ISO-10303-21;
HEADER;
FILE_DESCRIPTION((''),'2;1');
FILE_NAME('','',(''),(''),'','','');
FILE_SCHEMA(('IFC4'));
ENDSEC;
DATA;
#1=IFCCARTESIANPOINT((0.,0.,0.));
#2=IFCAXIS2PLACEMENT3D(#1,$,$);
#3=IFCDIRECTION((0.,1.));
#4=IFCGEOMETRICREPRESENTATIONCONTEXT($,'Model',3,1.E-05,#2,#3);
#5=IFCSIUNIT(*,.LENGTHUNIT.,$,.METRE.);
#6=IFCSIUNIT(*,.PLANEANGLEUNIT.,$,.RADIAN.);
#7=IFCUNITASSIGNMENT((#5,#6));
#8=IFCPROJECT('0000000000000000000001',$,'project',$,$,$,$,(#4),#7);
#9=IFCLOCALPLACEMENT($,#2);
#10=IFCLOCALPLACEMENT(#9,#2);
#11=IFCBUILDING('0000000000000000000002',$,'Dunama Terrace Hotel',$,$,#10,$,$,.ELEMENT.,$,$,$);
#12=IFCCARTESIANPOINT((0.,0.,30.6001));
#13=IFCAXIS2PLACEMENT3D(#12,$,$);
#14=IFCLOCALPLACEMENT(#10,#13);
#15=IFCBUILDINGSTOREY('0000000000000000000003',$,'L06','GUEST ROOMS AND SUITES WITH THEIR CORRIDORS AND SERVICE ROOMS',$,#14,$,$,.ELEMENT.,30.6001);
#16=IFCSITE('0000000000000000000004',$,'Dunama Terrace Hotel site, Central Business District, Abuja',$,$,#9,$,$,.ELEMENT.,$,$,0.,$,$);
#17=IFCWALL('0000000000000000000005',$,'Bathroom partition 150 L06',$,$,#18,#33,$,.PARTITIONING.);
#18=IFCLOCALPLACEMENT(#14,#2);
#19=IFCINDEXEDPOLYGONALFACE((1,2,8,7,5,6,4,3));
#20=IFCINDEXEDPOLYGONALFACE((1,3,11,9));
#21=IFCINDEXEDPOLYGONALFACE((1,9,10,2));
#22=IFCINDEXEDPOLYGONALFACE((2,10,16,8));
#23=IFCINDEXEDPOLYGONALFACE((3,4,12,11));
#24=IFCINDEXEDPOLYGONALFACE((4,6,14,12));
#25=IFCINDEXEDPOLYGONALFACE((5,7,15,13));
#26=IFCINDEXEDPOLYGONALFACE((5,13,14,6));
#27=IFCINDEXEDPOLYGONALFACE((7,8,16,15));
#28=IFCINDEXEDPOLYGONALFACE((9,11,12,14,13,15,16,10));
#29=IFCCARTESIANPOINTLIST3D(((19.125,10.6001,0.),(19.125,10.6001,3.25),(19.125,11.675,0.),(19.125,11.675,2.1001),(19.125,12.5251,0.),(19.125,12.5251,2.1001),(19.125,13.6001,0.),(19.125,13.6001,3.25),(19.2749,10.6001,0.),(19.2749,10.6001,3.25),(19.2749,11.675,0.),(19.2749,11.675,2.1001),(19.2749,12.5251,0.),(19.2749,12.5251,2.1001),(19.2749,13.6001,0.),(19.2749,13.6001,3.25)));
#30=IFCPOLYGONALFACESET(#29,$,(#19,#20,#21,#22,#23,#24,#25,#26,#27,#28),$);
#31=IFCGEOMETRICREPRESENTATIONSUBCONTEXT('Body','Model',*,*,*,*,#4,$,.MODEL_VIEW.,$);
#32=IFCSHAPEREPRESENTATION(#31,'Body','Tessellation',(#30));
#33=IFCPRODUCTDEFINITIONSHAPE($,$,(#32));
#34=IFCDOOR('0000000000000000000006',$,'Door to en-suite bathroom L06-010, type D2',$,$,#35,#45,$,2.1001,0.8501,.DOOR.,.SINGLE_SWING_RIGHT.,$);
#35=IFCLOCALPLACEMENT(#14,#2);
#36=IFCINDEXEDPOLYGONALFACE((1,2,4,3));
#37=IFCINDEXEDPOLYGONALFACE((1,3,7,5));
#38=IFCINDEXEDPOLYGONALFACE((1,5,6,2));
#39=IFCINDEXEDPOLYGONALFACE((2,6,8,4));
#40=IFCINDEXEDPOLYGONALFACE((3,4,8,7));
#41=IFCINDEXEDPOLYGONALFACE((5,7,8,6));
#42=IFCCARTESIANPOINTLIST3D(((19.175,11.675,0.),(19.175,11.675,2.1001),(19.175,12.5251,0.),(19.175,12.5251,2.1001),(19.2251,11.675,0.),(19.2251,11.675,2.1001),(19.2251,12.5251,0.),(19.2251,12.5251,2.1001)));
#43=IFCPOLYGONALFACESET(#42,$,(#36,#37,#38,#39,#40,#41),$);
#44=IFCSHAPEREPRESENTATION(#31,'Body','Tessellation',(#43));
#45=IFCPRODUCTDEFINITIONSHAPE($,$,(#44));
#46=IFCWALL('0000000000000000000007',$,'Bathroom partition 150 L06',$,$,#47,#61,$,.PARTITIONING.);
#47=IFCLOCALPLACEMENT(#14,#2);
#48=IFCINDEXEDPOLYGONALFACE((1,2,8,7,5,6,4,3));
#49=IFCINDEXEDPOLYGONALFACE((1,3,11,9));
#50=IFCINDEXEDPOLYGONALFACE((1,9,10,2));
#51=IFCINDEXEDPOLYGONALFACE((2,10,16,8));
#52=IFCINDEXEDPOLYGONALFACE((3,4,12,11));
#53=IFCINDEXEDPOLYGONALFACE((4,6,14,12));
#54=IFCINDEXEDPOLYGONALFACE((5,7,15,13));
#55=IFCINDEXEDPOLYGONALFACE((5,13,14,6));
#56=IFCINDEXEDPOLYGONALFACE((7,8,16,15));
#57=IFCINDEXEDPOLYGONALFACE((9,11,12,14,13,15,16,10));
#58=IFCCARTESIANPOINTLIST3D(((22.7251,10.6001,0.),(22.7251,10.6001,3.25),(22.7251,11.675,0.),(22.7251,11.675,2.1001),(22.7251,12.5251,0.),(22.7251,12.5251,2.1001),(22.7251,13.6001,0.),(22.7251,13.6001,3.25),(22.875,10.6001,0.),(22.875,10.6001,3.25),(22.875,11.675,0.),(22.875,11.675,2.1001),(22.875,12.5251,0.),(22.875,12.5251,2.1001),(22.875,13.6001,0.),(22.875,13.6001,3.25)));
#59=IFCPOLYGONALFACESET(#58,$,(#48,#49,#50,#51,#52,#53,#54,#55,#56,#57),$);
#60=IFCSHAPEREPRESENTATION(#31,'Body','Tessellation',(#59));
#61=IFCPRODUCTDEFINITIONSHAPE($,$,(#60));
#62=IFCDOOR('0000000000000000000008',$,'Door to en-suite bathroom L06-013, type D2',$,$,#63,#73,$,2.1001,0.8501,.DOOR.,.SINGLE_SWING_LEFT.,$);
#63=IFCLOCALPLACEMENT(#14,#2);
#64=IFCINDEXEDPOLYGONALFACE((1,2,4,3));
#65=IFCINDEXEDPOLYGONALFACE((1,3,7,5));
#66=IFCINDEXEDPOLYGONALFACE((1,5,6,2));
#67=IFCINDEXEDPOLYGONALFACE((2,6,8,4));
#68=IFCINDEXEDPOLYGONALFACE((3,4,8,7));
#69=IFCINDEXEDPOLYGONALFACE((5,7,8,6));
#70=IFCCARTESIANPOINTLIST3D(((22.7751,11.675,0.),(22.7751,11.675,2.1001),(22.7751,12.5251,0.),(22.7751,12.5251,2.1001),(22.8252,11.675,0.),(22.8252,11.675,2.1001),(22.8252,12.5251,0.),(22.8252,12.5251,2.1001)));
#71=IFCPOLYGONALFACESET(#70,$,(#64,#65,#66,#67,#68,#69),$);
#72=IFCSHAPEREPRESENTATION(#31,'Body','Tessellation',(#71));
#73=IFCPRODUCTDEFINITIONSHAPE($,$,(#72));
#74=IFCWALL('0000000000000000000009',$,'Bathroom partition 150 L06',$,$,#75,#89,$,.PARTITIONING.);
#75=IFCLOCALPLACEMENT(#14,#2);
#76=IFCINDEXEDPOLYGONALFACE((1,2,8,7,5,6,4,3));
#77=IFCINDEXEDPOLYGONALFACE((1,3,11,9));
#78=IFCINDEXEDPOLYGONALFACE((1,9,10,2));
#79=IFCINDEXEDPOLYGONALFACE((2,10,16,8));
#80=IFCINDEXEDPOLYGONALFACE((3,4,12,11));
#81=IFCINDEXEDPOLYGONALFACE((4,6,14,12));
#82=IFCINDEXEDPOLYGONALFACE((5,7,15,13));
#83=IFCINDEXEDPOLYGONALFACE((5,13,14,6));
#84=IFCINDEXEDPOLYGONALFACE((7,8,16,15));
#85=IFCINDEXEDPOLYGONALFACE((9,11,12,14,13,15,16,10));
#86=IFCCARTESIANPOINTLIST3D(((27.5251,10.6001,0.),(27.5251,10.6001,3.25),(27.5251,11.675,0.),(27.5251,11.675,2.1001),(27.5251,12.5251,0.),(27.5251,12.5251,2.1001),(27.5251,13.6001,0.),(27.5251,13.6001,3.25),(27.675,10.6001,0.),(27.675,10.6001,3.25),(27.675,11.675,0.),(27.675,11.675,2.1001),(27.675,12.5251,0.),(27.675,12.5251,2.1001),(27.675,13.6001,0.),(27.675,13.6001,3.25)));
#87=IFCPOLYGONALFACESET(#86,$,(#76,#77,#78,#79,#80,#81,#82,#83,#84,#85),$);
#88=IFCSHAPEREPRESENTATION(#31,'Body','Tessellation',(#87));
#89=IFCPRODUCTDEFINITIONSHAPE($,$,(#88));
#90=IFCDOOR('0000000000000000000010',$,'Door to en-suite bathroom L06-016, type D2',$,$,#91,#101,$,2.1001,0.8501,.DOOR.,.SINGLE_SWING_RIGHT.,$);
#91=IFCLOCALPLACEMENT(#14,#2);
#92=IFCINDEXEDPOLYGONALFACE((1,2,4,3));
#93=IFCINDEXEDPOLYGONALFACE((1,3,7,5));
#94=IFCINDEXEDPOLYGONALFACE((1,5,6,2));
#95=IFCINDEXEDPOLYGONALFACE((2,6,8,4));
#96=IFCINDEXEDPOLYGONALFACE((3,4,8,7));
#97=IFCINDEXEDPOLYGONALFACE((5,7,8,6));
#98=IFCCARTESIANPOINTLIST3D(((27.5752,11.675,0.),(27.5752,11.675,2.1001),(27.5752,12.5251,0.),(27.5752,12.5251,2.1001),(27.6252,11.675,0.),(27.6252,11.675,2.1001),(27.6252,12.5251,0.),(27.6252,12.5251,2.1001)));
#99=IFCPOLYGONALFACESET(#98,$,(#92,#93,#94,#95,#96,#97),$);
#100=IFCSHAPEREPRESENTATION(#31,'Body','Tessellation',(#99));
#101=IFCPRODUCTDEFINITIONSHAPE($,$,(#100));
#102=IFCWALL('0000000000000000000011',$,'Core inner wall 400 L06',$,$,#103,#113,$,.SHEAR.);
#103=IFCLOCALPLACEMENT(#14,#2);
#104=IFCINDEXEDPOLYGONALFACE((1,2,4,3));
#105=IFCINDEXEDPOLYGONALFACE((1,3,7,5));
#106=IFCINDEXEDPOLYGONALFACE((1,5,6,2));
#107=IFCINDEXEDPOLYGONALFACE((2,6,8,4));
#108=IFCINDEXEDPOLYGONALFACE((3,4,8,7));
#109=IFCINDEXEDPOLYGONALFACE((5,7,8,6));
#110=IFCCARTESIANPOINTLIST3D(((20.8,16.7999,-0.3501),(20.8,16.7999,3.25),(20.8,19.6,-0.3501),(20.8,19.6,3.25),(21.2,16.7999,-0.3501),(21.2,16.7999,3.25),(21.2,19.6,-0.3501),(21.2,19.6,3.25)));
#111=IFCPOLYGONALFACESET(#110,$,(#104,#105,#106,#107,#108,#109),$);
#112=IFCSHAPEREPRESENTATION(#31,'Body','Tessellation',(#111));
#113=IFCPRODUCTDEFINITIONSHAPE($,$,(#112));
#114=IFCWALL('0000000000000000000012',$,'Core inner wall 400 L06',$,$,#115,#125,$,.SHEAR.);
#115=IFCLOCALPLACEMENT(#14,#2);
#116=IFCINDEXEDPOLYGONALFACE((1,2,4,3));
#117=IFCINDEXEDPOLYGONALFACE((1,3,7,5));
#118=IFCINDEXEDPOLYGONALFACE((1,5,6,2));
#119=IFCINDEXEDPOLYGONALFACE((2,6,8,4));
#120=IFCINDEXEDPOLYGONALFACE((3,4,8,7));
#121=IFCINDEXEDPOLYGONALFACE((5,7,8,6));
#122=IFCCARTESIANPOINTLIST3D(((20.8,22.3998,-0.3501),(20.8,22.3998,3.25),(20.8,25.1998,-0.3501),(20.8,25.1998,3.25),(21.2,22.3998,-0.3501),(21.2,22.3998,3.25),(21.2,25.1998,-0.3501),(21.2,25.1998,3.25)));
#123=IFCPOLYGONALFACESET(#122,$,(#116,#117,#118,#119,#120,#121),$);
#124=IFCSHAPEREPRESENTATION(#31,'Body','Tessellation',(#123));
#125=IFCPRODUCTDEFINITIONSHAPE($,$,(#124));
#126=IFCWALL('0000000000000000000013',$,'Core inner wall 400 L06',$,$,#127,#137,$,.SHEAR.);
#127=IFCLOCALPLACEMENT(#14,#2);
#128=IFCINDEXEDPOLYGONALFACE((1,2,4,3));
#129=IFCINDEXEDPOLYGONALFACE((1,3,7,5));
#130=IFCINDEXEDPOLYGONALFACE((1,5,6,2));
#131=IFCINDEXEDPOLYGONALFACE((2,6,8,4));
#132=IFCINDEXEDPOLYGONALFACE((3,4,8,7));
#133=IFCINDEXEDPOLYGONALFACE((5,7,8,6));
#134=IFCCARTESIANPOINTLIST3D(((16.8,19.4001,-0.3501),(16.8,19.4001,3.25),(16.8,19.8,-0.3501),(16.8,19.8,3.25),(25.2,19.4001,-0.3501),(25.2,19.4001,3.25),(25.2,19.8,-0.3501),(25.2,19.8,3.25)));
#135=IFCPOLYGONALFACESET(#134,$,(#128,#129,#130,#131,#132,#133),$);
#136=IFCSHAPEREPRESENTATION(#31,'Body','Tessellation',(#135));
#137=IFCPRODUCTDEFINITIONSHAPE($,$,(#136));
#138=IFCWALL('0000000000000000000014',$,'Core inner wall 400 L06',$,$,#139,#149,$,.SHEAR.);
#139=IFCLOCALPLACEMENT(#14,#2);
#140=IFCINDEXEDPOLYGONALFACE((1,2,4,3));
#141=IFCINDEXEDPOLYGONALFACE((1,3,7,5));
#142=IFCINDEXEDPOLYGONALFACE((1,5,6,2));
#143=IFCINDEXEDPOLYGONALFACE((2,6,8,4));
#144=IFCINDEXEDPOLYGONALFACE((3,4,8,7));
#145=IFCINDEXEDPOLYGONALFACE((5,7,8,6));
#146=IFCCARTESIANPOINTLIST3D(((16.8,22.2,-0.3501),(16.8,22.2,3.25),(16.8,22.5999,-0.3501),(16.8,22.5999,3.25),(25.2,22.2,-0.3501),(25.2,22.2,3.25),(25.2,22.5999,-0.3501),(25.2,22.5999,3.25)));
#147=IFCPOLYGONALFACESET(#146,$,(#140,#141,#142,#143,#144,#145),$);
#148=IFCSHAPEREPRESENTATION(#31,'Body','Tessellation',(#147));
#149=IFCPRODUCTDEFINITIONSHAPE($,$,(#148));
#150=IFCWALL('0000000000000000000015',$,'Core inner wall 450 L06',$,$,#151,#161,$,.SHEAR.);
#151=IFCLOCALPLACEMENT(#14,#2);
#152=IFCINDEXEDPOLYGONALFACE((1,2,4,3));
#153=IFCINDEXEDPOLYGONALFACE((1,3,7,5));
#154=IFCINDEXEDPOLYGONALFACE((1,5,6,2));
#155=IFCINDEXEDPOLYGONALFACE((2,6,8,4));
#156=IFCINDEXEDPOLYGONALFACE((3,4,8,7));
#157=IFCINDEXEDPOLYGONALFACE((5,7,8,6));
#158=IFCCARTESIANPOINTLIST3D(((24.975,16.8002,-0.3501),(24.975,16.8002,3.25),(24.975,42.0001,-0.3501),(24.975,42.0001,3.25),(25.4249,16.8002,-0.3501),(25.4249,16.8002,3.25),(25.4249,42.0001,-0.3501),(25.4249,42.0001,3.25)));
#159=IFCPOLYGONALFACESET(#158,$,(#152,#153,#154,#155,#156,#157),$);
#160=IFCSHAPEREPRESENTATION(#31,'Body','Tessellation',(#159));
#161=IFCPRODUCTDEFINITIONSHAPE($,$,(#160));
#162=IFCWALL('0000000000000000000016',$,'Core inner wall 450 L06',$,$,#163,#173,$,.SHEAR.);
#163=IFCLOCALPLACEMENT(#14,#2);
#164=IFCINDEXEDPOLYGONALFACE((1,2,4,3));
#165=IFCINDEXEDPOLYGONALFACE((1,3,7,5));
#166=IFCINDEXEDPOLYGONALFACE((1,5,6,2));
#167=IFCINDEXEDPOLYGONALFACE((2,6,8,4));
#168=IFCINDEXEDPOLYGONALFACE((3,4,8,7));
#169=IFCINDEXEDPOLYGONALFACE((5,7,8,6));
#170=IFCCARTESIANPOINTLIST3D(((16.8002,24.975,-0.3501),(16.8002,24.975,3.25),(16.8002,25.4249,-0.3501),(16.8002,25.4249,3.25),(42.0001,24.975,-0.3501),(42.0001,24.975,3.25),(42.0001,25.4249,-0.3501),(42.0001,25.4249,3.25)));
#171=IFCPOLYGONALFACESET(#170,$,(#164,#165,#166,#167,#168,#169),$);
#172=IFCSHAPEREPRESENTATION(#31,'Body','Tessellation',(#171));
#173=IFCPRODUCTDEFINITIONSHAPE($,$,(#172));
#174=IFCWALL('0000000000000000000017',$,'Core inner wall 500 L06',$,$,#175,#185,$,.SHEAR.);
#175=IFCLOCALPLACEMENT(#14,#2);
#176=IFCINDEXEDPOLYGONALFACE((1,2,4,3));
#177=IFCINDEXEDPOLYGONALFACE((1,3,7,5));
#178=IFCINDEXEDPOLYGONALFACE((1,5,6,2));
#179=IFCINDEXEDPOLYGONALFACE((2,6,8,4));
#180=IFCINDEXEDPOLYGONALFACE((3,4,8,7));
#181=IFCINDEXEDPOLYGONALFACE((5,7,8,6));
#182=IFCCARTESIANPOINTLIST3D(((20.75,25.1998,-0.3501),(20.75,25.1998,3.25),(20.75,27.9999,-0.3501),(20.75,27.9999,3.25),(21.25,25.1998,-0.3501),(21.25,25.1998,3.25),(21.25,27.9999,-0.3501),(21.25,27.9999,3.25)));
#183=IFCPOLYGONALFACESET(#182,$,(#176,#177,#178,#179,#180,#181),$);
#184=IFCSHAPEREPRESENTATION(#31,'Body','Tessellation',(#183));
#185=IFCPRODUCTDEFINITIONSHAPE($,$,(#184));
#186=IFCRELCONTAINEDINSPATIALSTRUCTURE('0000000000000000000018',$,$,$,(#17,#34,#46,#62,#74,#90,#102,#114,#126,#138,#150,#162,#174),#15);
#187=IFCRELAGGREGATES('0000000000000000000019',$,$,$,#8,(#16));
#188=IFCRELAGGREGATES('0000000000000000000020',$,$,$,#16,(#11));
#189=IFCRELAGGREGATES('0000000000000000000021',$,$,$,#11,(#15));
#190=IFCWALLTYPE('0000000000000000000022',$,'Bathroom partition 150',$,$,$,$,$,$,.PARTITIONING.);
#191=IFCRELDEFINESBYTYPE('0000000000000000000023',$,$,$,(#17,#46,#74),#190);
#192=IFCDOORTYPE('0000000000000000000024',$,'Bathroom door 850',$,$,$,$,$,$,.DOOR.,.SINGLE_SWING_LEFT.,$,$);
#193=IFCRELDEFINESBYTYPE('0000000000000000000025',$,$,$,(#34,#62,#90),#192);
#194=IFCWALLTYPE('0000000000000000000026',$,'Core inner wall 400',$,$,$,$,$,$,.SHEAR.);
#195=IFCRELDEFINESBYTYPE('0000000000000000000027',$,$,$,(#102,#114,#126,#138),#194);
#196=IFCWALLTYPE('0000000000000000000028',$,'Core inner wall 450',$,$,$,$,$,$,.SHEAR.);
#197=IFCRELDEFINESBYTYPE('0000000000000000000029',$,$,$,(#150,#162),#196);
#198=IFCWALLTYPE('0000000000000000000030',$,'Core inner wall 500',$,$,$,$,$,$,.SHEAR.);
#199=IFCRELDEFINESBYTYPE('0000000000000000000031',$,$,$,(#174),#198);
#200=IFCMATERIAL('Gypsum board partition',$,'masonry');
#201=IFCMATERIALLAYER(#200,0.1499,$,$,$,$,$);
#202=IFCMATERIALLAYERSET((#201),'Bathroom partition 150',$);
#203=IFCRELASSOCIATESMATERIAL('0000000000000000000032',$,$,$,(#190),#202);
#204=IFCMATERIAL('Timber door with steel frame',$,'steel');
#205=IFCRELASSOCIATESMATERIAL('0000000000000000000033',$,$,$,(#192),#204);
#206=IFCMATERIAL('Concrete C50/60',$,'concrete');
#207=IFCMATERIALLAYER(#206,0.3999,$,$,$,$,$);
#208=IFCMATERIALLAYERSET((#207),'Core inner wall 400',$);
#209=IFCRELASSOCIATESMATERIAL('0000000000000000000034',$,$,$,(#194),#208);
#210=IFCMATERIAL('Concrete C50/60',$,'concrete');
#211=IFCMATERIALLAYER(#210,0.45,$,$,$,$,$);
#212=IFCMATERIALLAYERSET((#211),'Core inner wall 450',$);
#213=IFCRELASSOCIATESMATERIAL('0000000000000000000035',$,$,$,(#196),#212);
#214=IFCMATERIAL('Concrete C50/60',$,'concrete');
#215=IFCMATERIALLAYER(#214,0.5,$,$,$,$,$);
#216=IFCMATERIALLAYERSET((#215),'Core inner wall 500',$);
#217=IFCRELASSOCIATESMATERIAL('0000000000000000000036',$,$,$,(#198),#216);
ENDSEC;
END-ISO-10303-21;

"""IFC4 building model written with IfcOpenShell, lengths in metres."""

from ifc_helpers import new_model, si_unit, direction, frame, frame_2d, origin, place, context, subcontext, project, spatial, rectangle, extrude, material, layer, layer_set, type_object, element, fill, save


model = new_model("IFC4")

# Units and contexts
model_context = context("Model", 3, precision=1e-05, world=origin(), true_north=direction((0.0, 1.0)))
body_context = subcontext(model_context, "Body", "Model", "MODEL_VIEW")
ifc_project = project(units=[si_unit("LENGTHUNIT", "METRE"), si_unit("PLANEANGLEUNIT", "RADIAN")], contexts=[model_context])

# Site, building, storey
site_placement = place(None, origin())
site = spatial("IfcSite", under=ifc_project, at=site_placement, Name="Dunama Terrace Hotel site, Central Business District, Abuja", CompositionType="ELEMENT", RefElevation=0.0)
building_placement = place(site_placement, origin())
building = spatial("IfcBuilding", under=site, at=building_placement, Name="Dunama Terrace Hotel", CompositionType="ELEMENT")
storey_placement = place(building_placement, frame((0.0, 0.0, 30.6001)))
storey = spatial("IfcBuildingStorey", under=building, at=storey_placement, Name="L06", Description="GUEST ROOMS AND SUITES WITH THEIR CORRIDORS AND SERVICE ROOMS", CompositionType="ELEMENT", Elevation=30.6001)

# Walls, openings, doors
ifc_material_1 = material(Name="Gypsum board partition", Category="masonry")
ifc_layer_1 = layer(ifc_material_1, 0.1499)
ifc_layer_set_1 = layer_set([ifc_layer_1], Name="Bathroom partition 150")
wall_type_1 = type_object("IfcWallType", Name="Bathroom partition 150", PredefinedType="PARTITIONING", material=ifc_layer_set_1)
wall_1_placement = place(storey_placement, frame((19.2, 10.6001, 0.0), z_axis=(0.0, 0.0, 1.0), x_axis=(0.0, 1.0, 0.0)))
wall_1 = element("IfcWall", 1, at=wall_1_placement, inside=storey, type_object=wall_type_1, Name="Bathroom partition 150 L06", PredefinedType="PARTITIONING", context=body_context, shape_type="SweptSolid", body=[
    extrude(rectangle(XDim=3.0, YDim=0.1499, at=frame_2d((1.5, 0.0))), origin(), (0.0, 0.0, 1.0), 3.25),
])
opening_1_placement = place(wall_1_placement, frame((1.075, 0.0, 0.0)))
opening_1 = element("IfcOpeningElement", 2, at=opening_1_placement, cuts=wall_1, PredefinedType="OPENING", context=body_context, shape_type="SweptSolid", body=[
    extrude(rectangle(XDim=0.8501, YDim=2.1001, at=frame_2d((0.425, 1.05))), frame((0.0, 0.085, 0.0), z_axis=(0.0, -1.0, 0.0), x_axis=(1.0, 0.0, 0.0)), (0.0, 0.0, 1.0), 0.1699),
])
ifc_material_2 = material(Name="Timber door with steel frame", Category="steel")
door_type_1 = type_object("IfcDoorType", Name="Bathroom door 850", OperationType="SINGLE_SWING_LEFT", PredefinedType="DOOR", material=ifc_material_2)
door_1_placement = place(opening_1_placement, origin())
door_1 = element("IfcDoor", 3, at=door_1_placement, inside=storey, type_object=door_type_1, Name="Door to en-suite bathroom L06-010, type D2", OperationType="SINGLE_SWING_RIGHT", OverallHeight=2.1001, OverallWidth=0.8501, PredefinedType="DOOR", context=body_context, shape_type="SweptSolid", body=[
    extrude(rectangle(XDim=0.8501, YDim=2.1001, at=frame_2d((0.425, 1.05))), frame((0.0, 0.0249, 0.0), z_axis=(0.0, -1.0, 0.0), x_axis=(1.0, 0.0, 0.0)), (0.0, 0.0, 1.0), 0.05),
])
fill(opening_1, door_1)
wall_2_placement = place(storey_placement, frame((22.8, 10.6001, 0.0), z_axis=(0.0, 0.0, 1.0), x_axis=(0.0, 1.0, 0.0)))
wall_2 = element("IfcWall", 4, at=wall_2_placement, inside=storey, type_object=wall_type_1, Name="Bathroom partition 150 L06", PredefinedType="PARTITIONING", context=body_context, shape_type="SweptSolid", body=[
    extrude(rectangle(XDim=3.0, YDim=0.1499, at=frame_2d((1.5, 0.0))), origin(), (0.0, 0.0, 1.0), 3.25),
])
opening_2_placement = place(wall_2_placement, frame((1.075, 0.0, 0.0)))
opening_2 = element("IfcOpeningElement", 5, at=opening_2_placement, cuts=wall_2, PredefinedType="OPENING", context=body_context, shape_type="SweptSolid", body=[
    extrude(rectangle(XDim=0.8501, YDim=2.1001, at=frame_2d((0.425, 1.05))), frame((0.0, 0.085, 0.0), z_axis=(0.0, -1.0, 0.0), x_axis=(1.0, 0.0, 0.0)), (0.0, 0.0, 1.0), 0.1699),
])
door_2_placement = place(opening_2_placement, frame((0.8501, 0.0, 0.0), z_axis=(0.0, 0.0, 1.0), x_axis=(-1.0, 0.0, 0.0)))
door_2 = element("IfcDoor", 6, at=door_2_placement, inside=storey, type_object=door_type_1, Name="Door to en-suite bathroom L06-013, type D2", OperationType="SINGLE_SWING_LEFT", OverallHeight=2.1001, OverallWidth=0.8501, PredefinedType="DOOR", context=body_context, shape_type="SweptSolid", body=[
    extrude(rectangle(XDim=0.8501, YDim=2.1001, at=frame_2d((0.425, 1.05))), frame((0.0, 0.0251, 0.0), z_axis=(0.0, -1.0, 0.0), x_axis=(1.0, 0.0, 0.0)), (0.0, 0.0, 1.0), 0.05),
])
fill(opening_2, door_2)
wall_3_placement = place(storey_placement, frame((27.6001, 10.6001, 0.0), z_axis=(0.0, 0.0, 1.0), x_axis=(0.0, 1.0, 0.0)))
wall_3 = element("IfcWall", 7, at=wall_3_placement, inside=storey, type_object=wall_type_1, Name="Bathroom partition 150 L06", PredefinedType="PARTITIONING", context=body_context, shape_type="SweptSolid", body=[
    extrude(rectangle(XDim=3.0, YDim=0.1499, at=frame_2d((1.5, 0.0))), origin(), (0.0, 0.0, 1.0), 3.25),
])
opening_3_placement = place(wall_3_placement, frame((1.075, 0.0, 0.0)))
opening_3 = element("IfcOpeningElement", 8, at=opening_3_placement, cuts=wall_3, PredefinedType="OPENING", context=body_context, shape_type="SweptSolid", body=[
    extrude(rectangle(XDim=0.8501, YDim=2.1001, at=frame_2d((0.425, 1.05))), frame((0.0, 0.085, 0.0), z_axis=(0.0, -1.0, 0.0), x_axis=(1.0, 0.0, 0.0)), (0.0, 0.0, 1.0), 0.1699),
])
door_3_placement = place(opening_3_placement, origin())
door_3 = element("IfcDoor", 9, at=door_3_placement, inside=storey, type_object=door_type_1, Name="Door to en-suite bathroom L06-016, type D2", OperationType="SINGLE_SWING_RIGHT", OverallHeight=2.1001, OverallWidth=0.8501, PredefinedType="DOOR", context=body_context, shape_type="SweptSolid", body=[
    extrude(rectangle(XDim=0.8501, YDim=2.1001, at=frame_2d((0.425, 1.05))), frame((0.0, 0.0249, 0.0), z_axis=(0.0, -1.0, 0.0), x_axis=(1.0, 0.0, 0.0)), (0.0, 0.0, 1.0), 0.05),
])
fill(opening_3, door_3)

# Walls
ifc_material_3 = material(Name="Concrete C50/60", Category="concrete")
ifc_layer_2 = layer(ifc_material_3, 0.3999)
ifc_layer_set_2 = layer_set([ifc_layer_2], Name="Core inner wall 400")
wall_type_2 = type_object("IfcWallType", Name="Core inner wall 400", PredefinedType="SHEAR", material=ifc_layer_set_2)
for number, where, z_axis, x_axis, name in (
    (10, (21.0, 16.8, -0.3501), (0.0, 0.0, 1.0), (0.0, 1.0, 0.0), "Core inner wall 400 L06"),
    (11, (21.0, 22.3999, -0.3501), (0.0, 0.0, 1.0), (0.0, 1.0, 0.0), "Core inner wall 400 L06"),
):
    element("IfcWall", number, at=place(storey_placement, frame(where, z_axis=z_axis, x_axis=x_axis)), inside=storey, type_object=wall_type_2, Name=name, PredefinedType="SHEAR", context=body_context, shape_type="SweptSolid", body=[
        extrude(rectangle(XDim=2.8, YDim=0.3999, at=frame_2d((1.3999, 0.0))), origin(), (0.0, 0.0, 1.0), 3.6001),
    ])
for number, where, z_axis, x_axis, name in (
    (12, (16.8, 19.6001, -0.3501), (0.0, 0.0, 1.0), (1.0, 0.0, 0.0), "Core inner wall 400 L06"),
    (13, (16.8, 22.3999, -0.3501), (0.0, 0.0, 1.0), (1.0, 0.0, 0.0), "Core inner wall 400 L06"),
):
    element("IfcWall", number, at=place(storey_placement, frame(where, z_axis=z_axis, x_axis=x_axis)), inside=storey, type_object=wall_type_2, Name=name, PredefinedType="SHEAR", context=body_context, shape_type="SweptSolid", body=[
        extrude(rectangle(XDim=8.3999, YDim=0.3999, at=frame_2d((4.2, 0.0))), origin(), (0.0, 0.0, 1.0), 3.6001),
    ])
ifc_material_4 = material(Name="Concrete C50/60", Category="concrete")
ifc_layer_3 = layer(ifc_material_4, 0.45)
ifc_layer_set_3 = layer_set([ifc_layer_3], Name="Core inner wall 450")
wall_type_3 = type_object("IfcWallType", Name="Core inner wall 450", PredefinedType="SHEAR", material=ifc_layer_set_3)
for number, where, z_axis, x_axis, name in (
    (14, (25.2, 16.8, -0.3501), (0.0, 0.0, 1.0), (0.0, 1.0, 0.0), "Core inner wall 450 L06"),
    (15, (16.8, 25.2, -0.3501), (0.0, 0.0, 1.0), (1.0, 0.0, 0.0), "Core inner wall 450 L06"),
):
    element("IfcWall", number, at=place(storey_placement, frame(where, z_axis=z_axis, x_axis=x_axis)), inside=storey, type_object=wall_type_3, Name=name, PredefinedType="SHEAR", context=body_context, shape_type="SweptSolid", body=[
        extrude(rectangle(XDim=25.2, YDim=0.45, at=frame_2d((12.6001, 0.0))), origin(), (0.0, 0.0, 1.0), 3.6001),
    ])
ifc_material_5 = material(Name="Concrete C50/60", Category="concrete")
ifc_layer_4 = layer(ifc_material_5, 0.5)
ifc_layer_set_4 = layer_set([ifc_layer_4], Name="Core inner wall 500")
wall_type_4 = type_object("IfcWallType", Name="Core inner wall 500", PredefinedType="SHEAR", material=ifc_layer_set_4)
wall_4_placement = place(storey_placement, frame((21.0, 25.2, -0.3501), z_axis=(0.0, 0.0, 1.0), x_axis=(0.0, 1.0, 0.0)))
element("IfcWall", 16, at=wall_4_placement, inside=storey, type_object=wall_type_4, Name="Core inner wall 500 L06", PredefinedType="SHEAR", context=body_context, shape_type="SweptSolid", body=[
    extrude(rectangle(XDim=2.8, YDim=0.5, at=frame_2d((1.3999, 0.0))), origin(), (0.0, 0.0, 1.0), 3.6001),
])

save(model, "model.ifc")
